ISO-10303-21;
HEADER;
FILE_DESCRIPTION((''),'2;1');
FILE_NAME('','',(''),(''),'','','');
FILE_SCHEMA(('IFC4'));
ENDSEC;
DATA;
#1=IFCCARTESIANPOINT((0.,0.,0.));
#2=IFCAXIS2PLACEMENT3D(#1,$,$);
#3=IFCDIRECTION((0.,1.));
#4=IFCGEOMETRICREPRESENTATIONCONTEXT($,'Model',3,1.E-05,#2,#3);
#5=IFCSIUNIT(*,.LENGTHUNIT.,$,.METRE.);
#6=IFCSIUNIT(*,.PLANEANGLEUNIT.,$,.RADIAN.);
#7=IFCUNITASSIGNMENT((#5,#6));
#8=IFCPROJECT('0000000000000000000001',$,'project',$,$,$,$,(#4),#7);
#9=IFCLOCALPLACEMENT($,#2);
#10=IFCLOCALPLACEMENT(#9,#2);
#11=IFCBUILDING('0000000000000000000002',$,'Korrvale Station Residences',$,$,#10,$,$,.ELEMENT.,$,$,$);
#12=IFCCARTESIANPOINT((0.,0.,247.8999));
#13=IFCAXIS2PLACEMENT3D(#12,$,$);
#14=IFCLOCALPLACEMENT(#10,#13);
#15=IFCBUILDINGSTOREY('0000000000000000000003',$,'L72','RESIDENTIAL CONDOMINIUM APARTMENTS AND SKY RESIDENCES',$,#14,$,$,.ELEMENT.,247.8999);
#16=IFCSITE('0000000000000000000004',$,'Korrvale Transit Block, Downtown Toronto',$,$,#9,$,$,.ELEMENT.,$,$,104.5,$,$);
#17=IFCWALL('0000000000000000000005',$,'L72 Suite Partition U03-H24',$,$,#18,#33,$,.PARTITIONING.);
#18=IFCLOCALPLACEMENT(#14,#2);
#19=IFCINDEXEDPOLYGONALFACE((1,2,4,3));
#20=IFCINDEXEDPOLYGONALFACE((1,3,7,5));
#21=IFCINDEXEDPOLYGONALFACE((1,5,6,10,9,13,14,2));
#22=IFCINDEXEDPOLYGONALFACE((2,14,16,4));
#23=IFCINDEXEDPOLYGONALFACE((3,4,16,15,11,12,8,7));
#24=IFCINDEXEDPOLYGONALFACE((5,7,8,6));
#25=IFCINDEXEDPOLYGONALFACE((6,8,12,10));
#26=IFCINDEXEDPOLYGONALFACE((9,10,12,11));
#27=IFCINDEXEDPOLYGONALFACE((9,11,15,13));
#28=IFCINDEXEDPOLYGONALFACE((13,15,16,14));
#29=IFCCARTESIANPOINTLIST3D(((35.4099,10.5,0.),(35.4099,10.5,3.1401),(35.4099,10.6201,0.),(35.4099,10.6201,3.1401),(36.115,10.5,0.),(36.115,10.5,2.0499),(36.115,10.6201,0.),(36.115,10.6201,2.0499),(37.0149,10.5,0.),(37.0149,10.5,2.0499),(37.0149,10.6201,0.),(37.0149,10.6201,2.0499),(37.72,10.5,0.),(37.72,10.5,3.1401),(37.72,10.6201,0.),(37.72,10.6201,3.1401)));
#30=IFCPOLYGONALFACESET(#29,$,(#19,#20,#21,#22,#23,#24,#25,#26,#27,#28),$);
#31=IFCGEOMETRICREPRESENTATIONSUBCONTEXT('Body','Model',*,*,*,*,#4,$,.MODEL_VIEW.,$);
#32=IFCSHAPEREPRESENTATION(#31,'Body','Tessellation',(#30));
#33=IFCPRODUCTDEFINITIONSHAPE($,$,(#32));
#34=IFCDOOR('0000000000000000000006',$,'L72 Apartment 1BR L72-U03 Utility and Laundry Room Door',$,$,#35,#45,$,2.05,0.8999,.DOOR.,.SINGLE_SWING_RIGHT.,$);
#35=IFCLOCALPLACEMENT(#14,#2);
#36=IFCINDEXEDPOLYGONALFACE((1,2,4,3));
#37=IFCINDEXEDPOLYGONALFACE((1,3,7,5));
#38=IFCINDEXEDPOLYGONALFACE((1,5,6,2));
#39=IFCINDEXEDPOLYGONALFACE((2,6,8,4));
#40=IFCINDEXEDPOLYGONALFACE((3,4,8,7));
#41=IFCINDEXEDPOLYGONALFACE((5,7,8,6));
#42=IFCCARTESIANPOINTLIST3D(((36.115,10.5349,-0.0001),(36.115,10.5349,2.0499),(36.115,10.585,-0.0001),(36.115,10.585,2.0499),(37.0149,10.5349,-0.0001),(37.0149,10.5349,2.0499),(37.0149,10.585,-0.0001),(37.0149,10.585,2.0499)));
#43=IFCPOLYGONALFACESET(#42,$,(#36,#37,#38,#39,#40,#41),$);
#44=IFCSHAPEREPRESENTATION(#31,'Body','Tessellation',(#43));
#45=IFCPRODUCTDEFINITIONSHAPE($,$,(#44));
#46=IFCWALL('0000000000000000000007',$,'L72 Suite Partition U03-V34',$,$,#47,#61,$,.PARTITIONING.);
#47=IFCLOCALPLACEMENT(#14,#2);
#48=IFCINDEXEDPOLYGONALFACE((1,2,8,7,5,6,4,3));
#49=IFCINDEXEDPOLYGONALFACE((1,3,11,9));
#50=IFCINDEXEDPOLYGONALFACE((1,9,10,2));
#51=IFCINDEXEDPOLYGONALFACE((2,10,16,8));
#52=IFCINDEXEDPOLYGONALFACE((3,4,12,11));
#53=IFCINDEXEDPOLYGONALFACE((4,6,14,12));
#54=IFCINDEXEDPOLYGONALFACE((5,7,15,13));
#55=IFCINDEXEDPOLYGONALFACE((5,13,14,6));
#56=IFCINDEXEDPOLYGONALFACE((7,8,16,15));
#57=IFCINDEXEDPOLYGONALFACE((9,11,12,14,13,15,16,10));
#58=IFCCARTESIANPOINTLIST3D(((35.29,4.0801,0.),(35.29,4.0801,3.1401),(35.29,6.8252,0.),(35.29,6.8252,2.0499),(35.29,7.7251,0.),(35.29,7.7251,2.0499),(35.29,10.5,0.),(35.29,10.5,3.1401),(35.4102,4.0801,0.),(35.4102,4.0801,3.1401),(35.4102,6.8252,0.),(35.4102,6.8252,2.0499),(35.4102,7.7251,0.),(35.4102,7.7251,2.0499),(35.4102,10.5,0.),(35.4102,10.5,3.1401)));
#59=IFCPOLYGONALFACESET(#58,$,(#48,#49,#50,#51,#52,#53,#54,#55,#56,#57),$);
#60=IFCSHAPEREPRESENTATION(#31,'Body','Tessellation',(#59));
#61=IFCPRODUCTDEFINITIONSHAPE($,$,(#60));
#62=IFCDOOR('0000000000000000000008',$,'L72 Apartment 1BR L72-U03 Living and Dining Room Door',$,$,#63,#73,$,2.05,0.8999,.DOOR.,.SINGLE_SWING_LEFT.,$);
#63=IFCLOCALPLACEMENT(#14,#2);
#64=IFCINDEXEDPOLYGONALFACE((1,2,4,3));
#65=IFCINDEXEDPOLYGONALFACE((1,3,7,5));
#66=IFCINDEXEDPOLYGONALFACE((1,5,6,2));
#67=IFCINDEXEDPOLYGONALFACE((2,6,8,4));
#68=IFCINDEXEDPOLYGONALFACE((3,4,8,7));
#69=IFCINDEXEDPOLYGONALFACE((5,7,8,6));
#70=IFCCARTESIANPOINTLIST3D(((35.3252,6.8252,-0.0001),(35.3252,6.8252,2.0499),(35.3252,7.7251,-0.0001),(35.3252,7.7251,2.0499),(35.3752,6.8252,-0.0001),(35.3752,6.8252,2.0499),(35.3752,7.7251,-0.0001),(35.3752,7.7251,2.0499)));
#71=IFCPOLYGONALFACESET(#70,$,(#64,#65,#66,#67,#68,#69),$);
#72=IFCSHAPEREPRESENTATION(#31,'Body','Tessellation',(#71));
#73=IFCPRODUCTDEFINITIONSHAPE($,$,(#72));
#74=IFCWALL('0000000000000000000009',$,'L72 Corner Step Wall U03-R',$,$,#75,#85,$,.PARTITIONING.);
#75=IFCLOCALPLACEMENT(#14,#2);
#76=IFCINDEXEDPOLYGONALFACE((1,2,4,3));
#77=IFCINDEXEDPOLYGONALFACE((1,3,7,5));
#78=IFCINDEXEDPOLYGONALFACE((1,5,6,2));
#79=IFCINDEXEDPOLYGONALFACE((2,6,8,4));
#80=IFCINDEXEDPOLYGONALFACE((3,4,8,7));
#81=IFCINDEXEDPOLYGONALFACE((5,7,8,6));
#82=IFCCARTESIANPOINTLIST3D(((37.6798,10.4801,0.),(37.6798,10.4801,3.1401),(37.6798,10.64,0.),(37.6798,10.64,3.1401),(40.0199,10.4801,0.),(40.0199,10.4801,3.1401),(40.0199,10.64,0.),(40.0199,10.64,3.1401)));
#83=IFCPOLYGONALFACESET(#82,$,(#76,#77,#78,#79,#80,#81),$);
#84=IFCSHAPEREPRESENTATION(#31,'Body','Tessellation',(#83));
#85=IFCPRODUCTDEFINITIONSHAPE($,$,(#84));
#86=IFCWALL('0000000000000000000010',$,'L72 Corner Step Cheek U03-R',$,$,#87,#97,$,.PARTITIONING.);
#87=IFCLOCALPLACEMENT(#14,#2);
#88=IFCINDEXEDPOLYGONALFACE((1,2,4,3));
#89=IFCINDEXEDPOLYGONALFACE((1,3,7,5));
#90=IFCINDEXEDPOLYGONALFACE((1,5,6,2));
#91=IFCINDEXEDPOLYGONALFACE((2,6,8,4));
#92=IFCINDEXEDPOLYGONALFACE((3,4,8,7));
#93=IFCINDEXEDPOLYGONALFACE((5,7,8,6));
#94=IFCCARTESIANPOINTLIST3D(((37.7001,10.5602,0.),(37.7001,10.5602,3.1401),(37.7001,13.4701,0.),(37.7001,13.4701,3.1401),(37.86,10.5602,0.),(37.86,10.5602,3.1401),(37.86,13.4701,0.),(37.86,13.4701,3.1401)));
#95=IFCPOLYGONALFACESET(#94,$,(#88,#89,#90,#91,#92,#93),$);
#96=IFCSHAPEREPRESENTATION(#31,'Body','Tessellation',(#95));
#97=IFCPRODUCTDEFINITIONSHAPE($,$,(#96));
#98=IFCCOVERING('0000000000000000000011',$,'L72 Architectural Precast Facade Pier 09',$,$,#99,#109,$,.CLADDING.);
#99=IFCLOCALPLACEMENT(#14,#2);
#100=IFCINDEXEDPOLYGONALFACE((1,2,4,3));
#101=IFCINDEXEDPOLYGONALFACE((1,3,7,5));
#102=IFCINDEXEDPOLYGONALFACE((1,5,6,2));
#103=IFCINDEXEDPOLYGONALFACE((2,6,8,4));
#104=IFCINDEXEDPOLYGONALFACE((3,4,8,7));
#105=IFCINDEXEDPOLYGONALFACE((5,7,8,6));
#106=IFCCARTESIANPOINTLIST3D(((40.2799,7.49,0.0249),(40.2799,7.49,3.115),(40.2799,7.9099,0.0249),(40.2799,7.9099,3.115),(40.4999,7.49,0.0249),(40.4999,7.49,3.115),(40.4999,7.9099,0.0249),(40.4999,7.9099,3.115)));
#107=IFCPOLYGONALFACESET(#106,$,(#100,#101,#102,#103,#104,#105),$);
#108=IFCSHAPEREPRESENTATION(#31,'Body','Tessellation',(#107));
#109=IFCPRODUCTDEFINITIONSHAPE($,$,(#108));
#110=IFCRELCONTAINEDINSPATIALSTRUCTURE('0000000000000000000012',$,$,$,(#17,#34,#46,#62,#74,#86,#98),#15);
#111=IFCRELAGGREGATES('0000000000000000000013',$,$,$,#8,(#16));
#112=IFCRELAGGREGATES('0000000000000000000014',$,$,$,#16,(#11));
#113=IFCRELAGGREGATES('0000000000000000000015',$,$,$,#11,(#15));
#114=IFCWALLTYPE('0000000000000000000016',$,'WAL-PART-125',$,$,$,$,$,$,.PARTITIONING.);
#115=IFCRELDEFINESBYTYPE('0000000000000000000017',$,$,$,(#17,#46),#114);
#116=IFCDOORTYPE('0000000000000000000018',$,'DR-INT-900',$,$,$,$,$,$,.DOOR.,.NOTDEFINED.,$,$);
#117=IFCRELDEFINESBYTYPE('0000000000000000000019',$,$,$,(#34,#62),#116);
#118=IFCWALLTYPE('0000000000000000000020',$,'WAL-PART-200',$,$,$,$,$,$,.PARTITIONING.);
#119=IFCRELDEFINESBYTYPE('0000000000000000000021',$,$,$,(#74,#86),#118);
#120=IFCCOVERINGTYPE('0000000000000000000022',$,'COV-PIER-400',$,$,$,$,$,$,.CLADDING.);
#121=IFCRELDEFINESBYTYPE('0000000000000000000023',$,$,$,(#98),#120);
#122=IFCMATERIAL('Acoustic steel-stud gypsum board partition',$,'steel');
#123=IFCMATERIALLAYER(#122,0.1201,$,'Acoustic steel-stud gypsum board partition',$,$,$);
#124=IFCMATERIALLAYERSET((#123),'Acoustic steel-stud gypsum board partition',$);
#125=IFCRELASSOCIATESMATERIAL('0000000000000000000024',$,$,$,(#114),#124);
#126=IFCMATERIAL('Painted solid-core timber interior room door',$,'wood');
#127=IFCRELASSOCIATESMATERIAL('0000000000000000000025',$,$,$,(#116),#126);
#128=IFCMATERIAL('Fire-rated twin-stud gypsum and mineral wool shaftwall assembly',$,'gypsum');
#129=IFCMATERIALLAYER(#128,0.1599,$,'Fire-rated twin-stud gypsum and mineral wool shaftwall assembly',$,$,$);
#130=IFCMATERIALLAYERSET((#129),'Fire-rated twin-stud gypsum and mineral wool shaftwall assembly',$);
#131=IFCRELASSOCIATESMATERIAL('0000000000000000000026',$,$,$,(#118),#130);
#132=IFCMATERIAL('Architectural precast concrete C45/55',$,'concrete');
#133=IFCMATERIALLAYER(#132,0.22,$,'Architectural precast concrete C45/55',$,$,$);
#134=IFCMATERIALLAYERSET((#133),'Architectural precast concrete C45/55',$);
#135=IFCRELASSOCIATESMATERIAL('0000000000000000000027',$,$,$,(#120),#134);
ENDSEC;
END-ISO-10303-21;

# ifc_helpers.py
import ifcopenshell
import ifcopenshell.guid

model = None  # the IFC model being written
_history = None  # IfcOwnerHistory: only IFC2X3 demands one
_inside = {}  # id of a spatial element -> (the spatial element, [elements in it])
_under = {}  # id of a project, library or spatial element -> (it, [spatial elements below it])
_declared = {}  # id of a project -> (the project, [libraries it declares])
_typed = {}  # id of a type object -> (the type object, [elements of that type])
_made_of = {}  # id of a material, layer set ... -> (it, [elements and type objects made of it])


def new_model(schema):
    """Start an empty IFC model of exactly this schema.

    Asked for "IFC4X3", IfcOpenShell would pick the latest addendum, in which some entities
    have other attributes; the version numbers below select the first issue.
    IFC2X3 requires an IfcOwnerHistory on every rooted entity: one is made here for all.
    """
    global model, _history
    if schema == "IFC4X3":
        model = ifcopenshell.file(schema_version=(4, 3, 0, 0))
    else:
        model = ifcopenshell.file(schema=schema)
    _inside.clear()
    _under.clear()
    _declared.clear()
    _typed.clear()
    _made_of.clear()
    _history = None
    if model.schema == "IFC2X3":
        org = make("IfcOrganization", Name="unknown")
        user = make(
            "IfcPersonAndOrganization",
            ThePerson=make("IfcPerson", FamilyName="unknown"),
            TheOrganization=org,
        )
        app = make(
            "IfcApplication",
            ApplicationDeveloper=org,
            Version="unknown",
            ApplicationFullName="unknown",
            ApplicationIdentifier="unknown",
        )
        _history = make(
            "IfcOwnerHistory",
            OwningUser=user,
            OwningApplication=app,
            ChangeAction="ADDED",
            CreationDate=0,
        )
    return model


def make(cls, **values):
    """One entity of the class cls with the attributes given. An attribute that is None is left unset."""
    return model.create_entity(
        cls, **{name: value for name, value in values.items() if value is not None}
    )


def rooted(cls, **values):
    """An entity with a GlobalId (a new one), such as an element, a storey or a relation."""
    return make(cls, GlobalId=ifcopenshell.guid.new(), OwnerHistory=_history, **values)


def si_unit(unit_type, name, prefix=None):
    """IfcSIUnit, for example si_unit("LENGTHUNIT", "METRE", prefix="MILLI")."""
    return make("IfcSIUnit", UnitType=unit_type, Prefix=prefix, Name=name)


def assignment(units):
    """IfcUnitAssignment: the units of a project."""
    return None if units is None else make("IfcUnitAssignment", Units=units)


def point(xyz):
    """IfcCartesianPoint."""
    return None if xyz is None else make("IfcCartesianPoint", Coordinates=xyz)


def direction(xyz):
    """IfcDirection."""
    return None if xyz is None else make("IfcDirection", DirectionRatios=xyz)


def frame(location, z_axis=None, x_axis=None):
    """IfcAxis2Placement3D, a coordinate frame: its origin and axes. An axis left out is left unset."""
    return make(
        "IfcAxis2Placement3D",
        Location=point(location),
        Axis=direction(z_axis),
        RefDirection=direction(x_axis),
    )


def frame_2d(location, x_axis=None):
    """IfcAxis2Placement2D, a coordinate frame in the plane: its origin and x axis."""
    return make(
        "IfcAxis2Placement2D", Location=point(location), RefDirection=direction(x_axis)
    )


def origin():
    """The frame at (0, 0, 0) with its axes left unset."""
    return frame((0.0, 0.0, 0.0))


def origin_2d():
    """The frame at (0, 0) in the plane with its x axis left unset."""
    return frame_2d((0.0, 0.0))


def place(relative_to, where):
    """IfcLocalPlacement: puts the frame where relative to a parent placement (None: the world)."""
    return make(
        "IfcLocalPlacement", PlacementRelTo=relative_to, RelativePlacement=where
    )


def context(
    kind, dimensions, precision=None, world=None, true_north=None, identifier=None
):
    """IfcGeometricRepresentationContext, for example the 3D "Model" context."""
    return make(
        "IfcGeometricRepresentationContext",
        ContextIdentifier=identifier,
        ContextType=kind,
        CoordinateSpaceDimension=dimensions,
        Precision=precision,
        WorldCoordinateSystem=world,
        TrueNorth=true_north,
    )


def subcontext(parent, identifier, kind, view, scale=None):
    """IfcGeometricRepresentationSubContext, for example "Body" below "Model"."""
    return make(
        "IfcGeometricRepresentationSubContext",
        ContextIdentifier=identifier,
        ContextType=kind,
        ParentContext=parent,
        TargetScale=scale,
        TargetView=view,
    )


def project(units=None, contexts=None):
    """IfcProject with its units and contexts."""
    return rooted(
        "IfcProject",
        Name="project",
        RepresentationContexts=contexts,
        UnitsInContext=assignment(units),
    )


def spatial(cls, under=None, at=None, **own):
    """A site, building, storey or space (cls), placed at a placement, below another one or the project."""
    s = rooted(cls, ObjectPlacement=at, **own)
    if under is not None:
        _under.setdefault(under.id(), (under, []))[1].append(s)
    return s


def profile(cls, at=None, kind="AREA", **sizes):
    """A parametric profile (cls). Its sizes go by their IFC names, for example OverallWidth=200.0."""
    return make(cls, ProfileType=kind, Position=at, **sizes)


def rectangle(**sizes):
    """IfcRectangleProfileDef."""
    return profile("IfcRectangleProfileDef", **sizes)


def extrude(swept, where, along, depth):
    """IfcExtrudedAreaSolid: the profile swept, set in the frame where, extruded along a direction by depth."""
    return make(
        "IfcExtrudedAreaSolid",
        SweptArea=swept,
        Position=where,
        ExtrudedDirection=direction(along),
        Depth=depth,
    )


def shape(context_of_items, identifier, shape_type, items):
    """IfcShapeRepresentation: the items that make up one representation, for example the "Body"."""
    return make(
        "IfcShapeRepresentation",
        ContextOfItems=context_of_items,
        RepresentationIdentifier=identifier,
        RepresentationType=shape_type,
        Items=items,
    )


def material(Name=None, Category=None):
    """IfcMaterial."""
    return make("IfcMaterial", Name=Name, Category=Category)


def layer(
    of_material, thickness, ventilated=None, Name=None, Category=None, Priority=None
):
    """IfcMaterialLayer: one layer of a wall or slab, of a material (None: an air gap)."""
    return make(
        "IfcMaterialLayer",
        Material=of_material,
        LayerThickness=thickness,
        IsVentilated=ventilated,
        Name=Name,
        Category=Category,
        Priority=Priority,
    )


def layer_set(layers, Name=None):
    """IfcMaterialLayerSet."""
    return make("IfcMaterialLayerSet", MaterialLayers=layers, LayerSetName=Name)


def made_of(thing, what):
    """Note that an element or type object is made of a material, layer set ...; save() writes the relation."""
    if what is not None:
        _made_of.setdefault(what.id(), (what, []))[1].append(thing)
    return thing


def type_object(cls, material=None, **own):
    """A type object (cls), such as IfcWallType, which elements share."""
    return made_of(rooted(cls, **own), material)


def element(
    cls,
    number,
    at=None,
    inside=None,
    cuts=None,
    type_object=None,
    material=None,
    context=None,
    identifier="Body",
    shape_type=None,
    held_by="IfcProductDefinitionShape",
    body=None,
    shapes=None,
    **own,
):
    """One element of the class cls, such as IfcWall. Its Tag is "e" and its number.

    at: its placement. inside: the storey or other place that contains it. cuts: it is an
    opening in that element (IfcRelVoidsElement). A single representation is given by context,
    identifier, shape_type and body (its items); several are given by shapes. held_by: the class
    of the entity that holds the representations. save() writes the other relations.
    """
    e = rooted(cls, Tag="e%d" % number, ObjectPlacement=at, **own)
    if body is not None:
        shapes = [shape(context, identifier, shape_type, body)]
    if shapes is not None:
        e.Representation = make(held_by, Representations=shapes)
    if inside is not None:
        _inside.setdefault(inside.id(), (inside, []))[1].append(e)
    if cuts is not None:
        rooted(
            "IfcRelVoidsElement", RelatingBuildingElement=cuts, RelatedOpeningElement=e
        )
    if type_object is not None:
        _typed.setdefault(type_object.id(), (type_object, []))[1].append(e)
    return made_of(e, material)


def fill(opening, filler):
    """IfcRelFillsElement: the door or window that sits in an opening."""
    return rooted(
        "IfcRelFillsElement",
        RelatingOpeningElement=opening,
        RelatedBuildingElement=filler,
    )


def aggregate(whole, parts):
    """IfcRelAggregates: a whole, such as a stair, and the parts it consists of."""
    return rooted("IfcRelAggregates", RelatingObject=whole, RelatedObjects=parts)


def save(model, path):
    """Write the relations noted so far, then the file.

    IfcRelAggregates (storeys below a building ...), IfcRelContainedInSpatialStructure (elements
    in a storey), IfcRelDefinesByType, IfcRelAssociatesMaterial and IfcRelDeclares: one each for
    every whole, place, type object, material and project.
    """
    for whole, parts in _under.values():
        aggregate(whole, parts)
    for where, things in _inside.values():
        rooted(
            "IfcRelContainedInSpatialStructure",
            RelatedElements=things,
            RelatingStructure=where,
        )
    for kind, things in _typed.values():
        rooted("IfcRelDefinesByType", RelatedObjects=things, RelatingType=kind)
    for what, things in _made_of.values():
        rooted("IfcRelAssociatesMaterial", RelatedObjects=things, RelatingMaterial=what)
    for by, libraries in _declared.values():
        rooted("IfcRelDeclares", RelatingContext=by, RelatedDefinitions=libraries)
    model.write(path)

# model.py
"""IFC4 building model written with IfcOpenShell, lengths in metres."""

from ifc_helpers import new_model, si_unit, direction, frame, frame_2d, origin, origin_2d, place, context, subcontext, project, spatial, rectangle, extrude, material, layer, layer_set, type_object, element, fill, save


model = new_model("IFC4")

# Units and contexts
model_context = context("Model", 3, precision=1e-05, world=origin(), true_north=direction((0.0, 1.0)))
body_context = subcontext(model_context, "Body", "Model", "MODEL_VIEW")
ifc_project = project(units=[si_unit("LENGTHUNIT", "METRE"), si_unit("PLANEANGLEUNIT", "RADIAN")], contexts=[model_context])

# Site, building, storey
site_placement = place(None, origin())
site = spatial("IfcSite", under=ifc_project, at=site_placement, Name="Korrvale Transit Block, Downtown Toronto", CompositionType="ELEMENT", RefElevation=104.5)
building_placement = place(site_placement, origin())
building = spatial("IfcBuilding", under=site, at=building_placement, Name="Korrvale Station Residences", CompositionType="ELEMENT")
storey_placement = place(building_placement, frame((0.0, 0.0, 247.8999)))
storey = spatial("IfcBuildingStorey", under=building, at=storey_placement, Name="L72", Description="RESIDENTIAL CONDOMINIUM APARTMENTS AND SKY RESIDENCES", CompositionType="ELEMENT", Elevation=247.8999)

# Walls, openings, doors
ifc_material_1 = material(Name="Acoustic steel-stud gypsum board partition", Category="steel")
ifc_layer_1 = layer(ifc_material_1, 0.1201, Name="Acoustic steel-stud gypsum board partition")
ifc_layer_set_1 = layer_set([ifc_layer_1], Name="Acoustic steel-stud gypsum board partition")
wall_type_1 = type_object("IfcWallType", Name="WAL-PART-125", PredefinedType="PARTITIONING", material=ifc_layer_set_1)
ifc_material_2 = material(Name="Painted solid-core timber interior room door", Category="wood")
door_type = type_object("IfcDoorType", Name="DR-INT-900", OperationType="NOTDEFINED", PredefinedType="DOOR", material=ifc_material_2)
wall_1_placement = place(storey_placement, frame((35.4099, 10.5601, 0.0), z_axis=(0.0, 0.0, 1.0), x_axis=(1.0, 0.0, 0.0)))
wall_1 = element("IfcWall", 1, at=wall_1_placement, inside=storey, type_object=wall_type_1, Name="L72 Suite Partition U03-H24", PredefinedType="PARTITIONING", context=body_context, shape_type="SweptSolid", body=[
    extrude(rectangle(XDim=2.3101, YDim=0.1201, at=frame_2d((1.155, 0.0))), origin(), (0.0, 0.0, 1.0), 3.1401),
])
opening_1_placement = place(wall_1_placement, frame((0.7051, 0.0, 0.0)))
opening_1 = element("IfcOpeningElement", 2, at=opening_1_placement, cuts=wall_1, PredefinedType="OPENING", context=body_context, shape_type="SweptSolid", body=[
    extrude(rectangle(XDim=0.8999, YDim=2.05, at=frame_2d((0.45, 1.0249))), frame((0.0, 0.0701, 0.0), z_axis=(0.0, -1.0, 0.0), x_axis=(1.0, 0.0, 0.0)), (0.0, 0.0, 1.0), 0.1401),
])
door_1_placement = place(opening_1_placement, origin())
door_1 = element("IfcDoor", 3, at=door_1_placement, inside=storey, type_object=door_type, Name="L72 Apartment 1BR L72-U03 Utility and Laundry Room Door", OperationType="SINGLE_SWING_RIGHT", OverallHeight=2.05, OverallWidth=0.8999, PredefinedType="DOOR", context=body_context, shape_type="SweptSolid", body=[
    extrude(rectangle(XDim=0.8999, YDim=2.05, at=frame_2d((0.45, 1.0249))), frame((0.0, 0.0249, 0.0), z_axis=(0.0, -1.0, 0.0), x_axis=(1.0, 0.0, 0.0)), (0.0, 0.0, 1.0), 0.05),
])
fill(opening_1, door_1)
wall_2_placement = place(storey_placement, frame((35.3501, 4.0801, 0.0), z_axis=(0.0, 0.0, 1.0), x_axis=(0.0, 1.0, 0.0)))
wall_2 = element("IfcWall", 4, at=wall_2_placement, inside=storey, type_object=wall_type_1, Name="L72 Suite Partition U03-V34", PredefinedType="PARTITIONING", context=body_context, shape_type="SweptSolid", body=[
    extrude(rectangle(XDim=6.4199, YDim=0.1201, at=frame_2d((3.21, 0.0))), origin(), (0.0, 0.0, 1.0), 3.1401),
])
opening_2_placement = place(wall_2_placement, frame((2.7451, 0.0, 0.0)))
opening_2 = element("IfcOpeningElement", 5, at=opening_2_placement, cuts=wall_2, PredefinedType="OPENING", context=body_context, shape_type="SweptSolid", body=[
    extrude(rectangle(XDim=0.8999, YDim=2.05, at=frame_2d((0.45, 1.0249))), frame((0.0, 0.0701, 0.0), z_axis=(0.0, -1.0, 0.0), x_axis=(1.0, 0.0, 0.0)), (0.0, 0.0, 1.0), 0.1401),
])
door_2_placement = place(opening_2_placement, origin())
door_2 = element("IfcDoor", 6, at=door_2_placement, inside=storey, type_object=door_type, Name="L72 Apartment 1BR L72-U03 Living and Dining Room Door", OperationType="SINGLE_SWING_LEFT", OverallHeight=2.05, OverallWidth=0.8999, PredefinedType="DOOR", context=body_context, shape_type="SweptSolid", body=[
    extrude(rectangle(XDim=0.8999, YDim=2.05, at=frame_2d((0.45, 1.0249))), frame((0.0, 0.0249, 0.0), z_axis=(0.0, -1.0, 0.0), x_axis=(1.0, 0.0, 0.0)), (0.0, 0.0, 1.0), 0.05),
])
fill(opening_2, door_2)

# Walls
ifc_material_3 = material(Name="Fire-rated twin-stud gypsum and mineral wool shaftwall assembly", Category="gypsum")
ifc_layer_2 = layer(ifc_material_3, 0.1599, Name="Fire-rated twin-stud gypsum and mineral wool shaftwall assembly")
ifc_layer_set_2 = layer_set([ifc_layer_2], Name="Fire-rated twin-stud gypsum and mineral wool shaftwall assembly")
wall_type_2 = type_object("IfcWallType", Name="WAL-PART-200", PredefinedType="PARTITIONING", material=ifc_layer_set_2)
wall_3_placement = place(storey_placement, frame((37.6799, 10.5601, 0.0), z_axis=(0.0, 0.0, 1.0), x_axis=(1.0, 0.0, 0.0)))
element("IfcWall", 7, at=wall_3_placement, inside=storey, type_object=wall_type_2, Name="L72 Corner Step Wall U03-R", PredefinedType="PARTITIONING", context=body_context, shape_type="SweptSolid", body=[
    extrude(rectangle(XDim=2.3401, YDim=0.1599, at=frame_2d((1.1699, 0.0))), origin(), (0.0, 0.0, 1.0), 3.1401),
])
wall_4_placement = place(storey_placement, frame((37.78, 10.5601, 0.0), z_axis=(0.0, 0.0, 1.0), x_axis=(0.0, 1.0, 0.0)))
element("IfcWall", 8, at=wall_4_placement, inside=storey, type_object=wall_type_2, Name="L72 Corner Step Cheek U03-R", PredefinedType="PARTITIONING", context=body_context, shape_type="SweptSolid", body=[
    extrude(rectangle(XDim=2.9099, YDim=0.1599, at=frame_2d((1.4551, 0.0))), origin(), (0.0, 0.0, 1.0), 3.1401),
])

# Covering
ifc_material_4 = material(Name="Architectural precast concrete C45/55", Category="concrete")
ifc_layer_3 = layer(ifc_material_4, 0.22, Name="Architectural precast concrete C45/55")
ifc_layer_set_3 = layer_set([ifc_layer_3], Name="Architectural precast concrete C45/55")
covering_type = type_object("IfcCoveringType", Name="COV-PIER-400", PredefinedType="CLADDING", material=ifc_layer_set_3)
covering_placement = place(storey_placement, frame((40.3899, 7.7, 0.0249), z_axis=(0.0, 0.0, 1.0), x_axis=(0.0, 1.0, 0.0)))
element("IfcCovering", 9, at=covering_placement, inside=storey, type_object=covering_type, Name="L72 Architectural Precast Facade Pier 09", PredefinedType="CLADDING", context=body_context, shape_type="SweptSolid", body=[
    extrude(rectangle(XDim=0.4199, YDim=0.22, at=origin_2d()), origin(), (0.0, 0.0, 1.0), 3.0901),
])

save(model, "model.ifc")
